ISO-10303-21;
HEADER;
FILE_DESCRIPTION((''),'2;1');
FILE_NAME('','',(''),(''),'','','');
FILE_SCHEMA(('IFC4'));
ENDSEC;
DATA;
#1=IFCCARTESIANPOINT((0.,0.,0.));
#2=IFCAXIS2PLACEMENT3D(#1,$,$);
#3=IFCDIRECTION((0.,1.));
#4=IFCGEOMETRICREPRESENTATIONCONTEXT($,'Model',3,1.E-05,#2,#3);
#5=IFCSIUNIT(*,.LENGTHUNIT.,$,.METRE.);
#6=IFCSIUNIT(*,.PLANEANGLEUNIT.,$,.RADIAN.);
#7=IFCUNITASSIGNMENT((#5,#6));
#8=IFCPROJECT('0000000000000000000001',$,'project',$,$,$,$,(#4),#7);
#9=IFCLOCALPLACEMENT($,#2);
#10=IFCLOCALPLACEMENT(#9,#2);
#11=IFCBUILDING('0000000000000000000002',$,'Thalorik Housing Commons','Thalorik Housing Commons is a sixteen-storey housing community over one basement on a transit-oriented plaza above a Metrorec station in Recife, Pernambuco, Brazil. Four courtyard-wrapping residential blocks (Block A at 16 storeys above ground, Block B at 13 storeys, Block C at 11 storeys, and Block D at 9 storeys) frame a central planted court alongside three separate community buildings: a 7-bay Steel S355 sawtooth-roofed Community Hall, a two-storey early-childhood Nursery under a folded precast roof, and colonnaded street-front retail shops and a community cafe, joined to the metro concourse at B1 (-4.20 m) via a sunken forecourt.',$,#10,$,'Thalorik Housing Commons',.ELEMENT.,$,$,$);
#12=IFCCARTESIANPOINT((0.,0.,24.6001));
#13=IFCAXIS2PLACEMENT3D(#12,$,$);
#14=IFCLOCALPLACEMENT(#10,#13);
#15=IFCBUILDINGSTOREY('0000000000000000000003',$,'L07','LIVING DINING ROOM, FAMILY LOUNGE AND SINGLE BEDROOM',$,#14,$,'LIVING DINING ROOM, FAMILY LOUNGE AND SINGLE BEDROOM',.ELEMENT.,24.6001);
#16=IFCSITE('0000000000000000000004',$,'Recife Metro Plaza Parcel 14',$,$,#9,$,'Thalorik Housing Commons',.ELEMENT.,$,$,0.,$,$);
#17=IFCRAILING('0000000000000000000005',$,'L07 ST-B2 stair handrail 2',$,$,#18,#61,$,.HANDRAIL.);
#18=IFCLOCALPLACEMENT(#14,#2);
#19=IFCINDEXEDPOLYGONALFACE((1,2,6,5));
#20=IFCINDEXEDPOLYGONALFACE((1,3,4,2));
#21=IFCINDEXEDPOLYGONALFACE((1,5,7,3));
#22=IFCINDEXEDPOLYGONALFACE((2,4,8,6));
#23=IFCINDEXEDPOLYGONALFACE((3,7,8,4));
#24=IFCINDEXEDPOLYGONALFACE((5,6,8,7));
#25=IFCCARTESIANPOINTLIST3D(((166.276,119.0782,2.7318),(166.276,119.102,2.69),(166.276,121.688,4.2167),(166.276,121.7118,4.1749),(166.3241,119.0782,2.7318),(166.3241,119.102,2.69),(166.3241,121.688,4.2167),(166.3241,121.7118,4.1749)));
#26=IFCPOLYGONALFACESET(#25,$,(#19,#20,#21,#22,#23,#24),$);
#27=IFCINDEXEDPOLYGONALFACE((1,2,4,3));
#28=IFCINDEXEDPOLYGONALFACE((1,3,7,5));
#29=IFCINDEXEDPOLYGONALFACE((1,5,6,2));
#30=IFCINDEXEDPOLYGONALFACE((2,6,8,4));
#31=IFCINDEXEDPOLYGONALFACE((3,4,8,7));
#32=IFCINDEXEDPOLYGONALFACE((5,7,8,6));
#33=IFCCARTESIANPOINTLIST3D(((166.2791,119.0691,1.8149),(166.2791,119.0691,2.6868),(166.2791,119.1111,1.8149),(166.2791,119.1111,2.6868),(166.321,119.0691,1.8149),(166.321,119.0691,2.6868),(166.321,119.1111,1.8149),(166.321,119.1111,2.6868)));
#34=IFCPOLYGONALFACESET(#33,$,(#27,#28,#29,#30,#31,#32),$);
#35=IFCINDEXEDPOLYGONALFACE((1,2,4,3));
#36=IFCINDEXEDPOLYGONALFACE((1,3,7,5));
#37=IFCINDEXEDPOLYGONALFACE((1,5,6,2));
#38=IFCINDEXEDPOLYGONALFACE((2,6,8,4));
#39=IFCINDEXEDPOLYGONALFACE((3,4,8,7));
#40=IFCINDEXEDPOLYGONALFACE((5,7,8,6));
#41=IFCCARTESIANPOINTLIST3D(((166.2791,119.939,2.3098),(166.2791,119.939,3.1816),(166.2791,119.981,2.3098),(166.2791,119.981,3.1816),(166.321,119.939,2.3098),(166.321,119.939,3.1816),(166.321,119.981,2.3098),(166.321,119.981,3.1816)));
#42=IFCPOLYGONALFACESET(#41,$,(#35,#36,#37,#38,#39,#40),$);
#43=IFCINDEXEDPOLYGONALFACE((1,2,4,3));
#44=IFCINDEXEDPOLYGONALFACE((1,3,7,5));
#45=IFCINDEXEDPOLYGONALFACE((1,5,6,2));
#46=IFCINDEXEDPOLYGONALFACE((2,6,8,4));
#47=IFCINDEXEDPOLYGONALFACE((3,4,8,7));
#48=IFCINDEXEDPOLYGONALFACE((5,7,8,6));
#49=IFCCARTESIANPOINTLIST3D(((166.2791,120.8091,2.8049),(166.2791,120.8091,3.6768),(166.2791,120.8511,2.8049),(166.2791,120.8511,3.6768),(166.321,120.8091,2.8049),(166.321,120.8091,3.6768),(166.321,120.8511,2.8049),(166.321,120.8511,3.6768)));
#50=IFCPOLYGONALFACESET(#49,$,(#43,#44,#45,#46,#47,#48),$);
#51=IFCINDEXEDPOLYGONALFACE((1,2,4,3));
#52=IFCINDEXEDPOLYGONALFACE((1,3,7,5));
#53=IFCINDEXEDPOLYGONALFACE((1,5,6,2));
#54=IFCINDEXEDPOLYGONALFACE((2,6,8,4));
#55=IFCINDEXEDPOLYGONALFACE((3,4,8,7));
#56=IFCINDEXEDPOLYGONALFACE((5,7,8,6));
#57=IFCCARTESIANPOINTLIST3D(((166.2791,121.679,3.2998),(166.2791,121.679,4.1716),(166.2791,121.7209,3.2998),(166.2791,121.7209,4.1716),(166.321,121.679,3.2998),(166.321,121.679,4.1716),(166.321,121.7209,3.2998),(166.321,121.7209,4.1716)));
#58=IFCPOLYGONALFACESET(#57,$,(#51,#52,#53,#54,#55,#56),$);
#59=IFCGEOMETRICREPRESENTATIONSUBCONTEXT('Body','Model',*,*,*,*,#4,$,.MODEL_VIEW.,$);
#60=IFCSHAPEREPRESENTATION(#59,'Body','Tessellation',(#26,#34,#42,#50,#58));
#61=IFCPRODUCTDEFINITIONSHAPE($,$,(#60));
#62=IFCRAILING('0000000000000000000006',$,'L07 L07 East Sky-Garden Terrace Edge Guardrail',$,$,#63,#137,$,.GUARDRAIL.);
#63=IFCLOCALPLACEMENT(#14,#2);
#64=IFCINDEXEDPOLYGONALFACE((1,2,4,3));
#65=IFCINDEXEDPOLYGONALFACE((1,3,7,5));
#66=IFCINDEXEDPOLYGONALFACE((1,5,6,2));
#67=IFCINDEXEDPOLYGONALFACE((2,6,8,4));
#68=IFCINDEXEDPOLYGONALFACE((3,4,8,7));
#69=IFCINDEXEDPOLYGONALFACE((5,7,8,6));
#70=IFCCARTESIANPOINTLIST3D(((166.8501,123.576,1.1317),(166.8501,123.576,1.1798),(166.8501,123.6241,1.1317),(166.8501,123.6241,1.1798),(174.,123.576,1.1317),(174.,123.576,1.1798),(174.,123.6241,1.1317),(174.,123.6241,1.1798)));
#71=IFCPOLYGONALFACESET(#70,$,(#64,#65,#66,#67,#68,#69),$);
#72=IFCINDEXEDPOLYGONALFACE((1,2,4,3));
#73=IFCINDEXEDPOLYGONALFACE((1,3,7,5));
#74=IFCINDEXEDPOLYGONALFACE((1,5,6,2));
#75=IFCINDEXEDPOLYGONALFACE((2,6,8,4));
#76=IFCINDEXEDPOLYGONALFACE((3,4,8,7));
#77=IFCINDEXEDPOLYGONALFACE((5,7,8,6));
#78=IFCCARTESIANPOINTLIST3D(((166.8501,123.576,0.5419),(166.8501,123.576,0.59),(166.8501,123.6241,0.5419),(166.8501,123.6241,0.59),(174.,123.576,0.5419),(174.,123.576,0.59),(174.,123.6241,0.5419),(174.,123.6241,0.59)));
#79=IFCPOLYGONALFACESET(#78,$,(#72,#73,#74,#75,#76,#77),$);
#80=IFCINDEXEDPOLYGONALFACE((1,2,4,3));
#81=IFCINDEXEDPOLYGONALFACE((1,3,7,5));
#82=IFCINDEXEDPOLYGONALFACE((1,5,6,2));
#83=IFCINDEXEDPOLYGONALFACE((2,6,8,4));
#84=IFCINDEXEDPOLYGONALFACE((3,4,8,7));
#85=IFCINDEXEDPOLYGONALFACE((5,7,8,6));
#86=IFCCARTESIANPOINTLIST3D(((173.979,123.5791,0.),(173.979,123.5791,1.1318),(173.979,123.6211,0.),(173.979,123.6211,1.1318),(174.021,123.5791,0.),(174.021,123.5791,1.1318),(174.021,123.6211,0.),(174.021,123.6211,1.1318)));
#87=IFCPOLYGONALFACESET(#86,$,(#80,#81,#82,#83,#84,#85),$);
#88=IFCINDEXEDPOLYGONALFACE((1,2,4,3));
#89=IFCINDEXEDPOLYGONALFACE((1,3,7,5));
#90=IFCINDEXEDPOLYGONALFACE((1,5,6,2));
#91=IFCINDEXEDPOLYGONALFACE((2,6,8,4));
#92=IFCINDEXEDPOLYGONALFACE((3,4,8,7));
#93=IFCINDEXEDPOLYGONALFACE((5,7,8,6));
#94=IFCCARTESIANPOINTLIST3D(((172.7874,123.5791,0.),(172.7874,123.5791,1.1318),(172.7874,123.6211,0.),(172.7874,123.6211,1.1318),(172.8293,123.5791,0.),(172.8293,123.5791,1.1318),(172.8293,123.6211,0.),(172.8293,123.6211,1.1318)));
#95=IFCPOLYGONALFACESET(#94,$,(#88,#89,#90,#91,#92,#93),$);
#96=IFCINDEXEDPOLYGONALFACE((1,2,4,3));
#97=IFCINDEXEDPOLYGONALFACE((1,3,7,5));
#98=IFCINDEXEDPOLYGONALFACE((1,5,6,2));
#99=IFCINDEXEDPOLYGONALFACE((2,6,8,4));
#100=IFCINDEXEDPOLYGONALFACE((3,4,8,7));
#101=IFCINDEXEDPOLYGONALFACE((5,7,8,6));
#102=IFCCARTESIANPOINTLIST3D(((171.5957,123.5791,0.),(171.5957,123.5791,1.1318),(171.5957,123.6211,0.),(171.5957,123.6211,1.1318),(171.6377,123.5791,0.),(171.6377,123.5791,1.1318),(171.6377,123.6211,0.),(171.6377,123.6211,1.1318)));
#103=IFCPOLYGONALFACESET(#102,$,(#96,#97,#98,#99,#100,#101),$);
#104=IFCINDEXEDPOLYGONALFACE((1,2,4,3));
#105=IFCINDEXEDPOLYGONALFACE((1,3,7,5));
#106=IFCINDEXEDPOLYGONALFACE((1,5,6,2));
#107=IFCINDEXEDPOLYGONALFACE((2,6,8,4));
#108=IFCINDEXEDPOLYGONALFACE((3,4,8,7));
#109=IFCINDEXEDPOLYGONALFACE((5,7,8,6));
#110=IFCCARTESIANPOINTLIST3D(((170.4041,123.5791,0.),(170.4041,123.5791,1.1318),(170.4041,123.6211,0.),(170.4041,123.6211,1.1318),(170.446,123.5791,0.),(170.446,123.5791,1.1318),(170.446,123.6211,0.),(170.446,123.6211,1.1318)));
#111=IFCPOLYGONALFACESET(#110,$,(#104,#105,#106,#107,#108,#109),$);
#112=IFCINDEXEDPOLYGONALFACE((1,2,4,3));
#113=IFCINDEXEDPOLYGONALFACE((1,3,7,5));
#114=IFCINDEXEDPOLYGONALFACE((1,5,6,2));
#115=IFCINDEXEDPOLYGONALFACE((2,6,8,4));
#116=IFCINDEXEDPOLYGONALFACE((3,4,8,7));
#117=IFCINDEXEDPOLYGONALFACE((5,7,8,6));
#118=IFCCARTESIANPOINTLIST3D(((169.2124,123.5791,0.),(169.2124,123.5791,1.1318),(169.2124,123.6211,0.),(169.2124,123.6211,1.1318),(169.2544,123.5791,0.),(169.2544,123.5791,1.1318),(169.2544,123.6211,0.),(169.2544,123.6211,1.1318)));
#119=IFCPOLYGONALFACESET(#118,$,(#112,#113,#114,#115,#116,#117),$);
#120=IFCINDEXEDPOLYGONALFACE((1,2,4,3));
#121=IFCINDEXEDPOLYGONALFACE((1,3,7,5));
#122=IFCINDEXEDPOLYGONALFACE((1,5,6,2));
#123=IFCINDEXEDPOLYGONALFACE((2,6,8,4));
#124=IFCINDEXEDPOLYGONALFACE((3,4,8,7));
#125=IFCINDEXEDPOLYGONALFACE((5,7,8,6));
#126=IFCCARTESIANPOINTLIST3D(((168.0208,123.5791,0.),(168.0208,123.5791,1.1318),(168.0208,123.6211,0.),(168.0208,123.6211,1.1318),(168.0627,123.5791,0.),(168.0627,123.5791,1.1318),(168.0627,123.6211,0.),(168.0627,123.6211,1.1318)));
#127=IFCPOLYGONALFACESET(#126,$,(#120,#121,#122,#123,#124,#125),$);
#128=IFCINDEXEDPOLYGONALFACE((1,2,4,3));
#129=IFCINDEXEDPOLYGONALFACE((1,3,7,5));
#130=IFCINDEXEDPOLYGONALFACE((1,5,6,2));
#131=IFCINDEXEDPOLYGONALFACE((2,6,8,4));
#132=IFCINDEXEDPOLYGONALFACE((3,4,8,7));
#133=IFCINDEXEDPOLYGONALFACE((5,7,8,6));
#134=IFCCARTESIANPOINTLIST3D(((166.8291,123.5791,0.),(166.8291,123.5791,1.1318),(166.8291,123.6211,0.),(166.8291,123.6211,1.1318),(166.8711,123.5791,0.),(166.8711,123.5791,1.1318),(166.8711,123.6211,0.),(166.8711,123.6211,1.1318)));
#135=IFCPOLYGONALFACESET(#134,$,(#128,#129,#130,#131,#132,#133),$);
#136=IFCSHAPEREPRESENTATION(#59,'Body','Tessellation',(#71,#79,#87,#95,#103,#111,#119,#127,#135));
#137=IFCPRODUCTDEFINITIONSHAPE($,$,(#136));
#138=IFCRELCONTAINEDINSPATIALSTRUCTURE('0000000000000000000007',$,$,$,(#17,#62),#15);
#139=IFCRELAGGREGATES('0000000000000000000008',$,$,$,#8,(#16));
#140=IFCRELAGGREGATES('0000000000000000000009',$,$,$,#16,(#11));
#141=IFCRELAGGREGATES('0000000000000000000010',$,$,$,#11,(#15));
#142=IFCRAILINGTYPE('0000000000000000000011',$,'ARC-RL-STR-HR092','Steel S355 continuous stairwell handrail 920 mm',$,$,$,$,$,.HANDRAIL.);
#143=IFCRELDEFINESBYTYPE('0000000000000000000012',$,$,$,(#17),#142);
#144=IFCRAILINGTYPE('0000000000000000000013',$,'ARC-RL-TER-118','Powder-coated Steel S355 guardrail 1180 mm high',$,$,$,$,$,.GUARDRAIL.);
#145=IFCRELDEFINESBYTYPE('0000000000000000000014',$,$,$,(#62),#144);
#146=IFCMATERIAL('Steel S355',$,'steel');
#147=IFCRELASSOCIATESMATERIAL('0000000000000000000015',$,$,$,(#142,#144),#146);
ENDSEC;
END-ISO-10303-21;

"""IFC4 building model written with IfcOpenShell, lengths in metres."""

from ifc_helpers import new_model, si_unit, direction, frame, origin, origin_2d, place, context, subcontext, project, spatial, rectangle, extrude, material, type_object, element, save


model = new_model("IFC4")

# Units and contexts
model_context = context("Model", 3, precision=1e-05, world=origin(), true_north=direction((0.0, 1.0)))
body_context = subcontext(model_context, "Body", "Model", "MODEL_VIEW")
ifc_project = project(units=[si_unit("LENGTHUNIT", "METRE"), si_unit("PLANEANGLEUNIT", "RADIAN")], contexts=[model_context])

# Site, building, storey
site_placement = place(None, origin())
site = spatial("IfcSite", under=ifc_project, at=site_placement, Name="Recife Metro Plaza Parcel 14", LongName="Thalorik Housing Commons", CompositionType="ELEMENT", RefElevation=0.0)
building_placement = place(site_placement, origin())
building = spatial("IfcBuilding", under=site, at=building_placement, Name="Thalorik Housing Commons", Description="Thalorik Housing Commons is a sixteen-storey housing community over one basement on a transit-oriented plaza above a Metrorec station in Recife, Pernambuco, Brazil. Four courtyard-wrapping residential blocks (Block A at 16 storeys above ground, Block B at 13 storeys, Block C at 11 storeys, and Block D at 9 storeys) frame a central planted court alongside three separate community buildings: a 7-bay Steel S355 sawtooth-roofed Community Hall, a two-storey early-childhood Nursery under a folded precast roof, and colonnaded street-front retail shops and a community cafe, joined to the metro concourse at B1 (-4.20 m) via a sunken forecourt.", LongName="Thalorik Housing Commons", CompositionType="ELEMENT")
storey_placement = place(building_placement, frame((0.0, 0.0, 24.6001)))
storey = spatial("IfcBuildingStorey", under=building, at=storey_placement, Name="L07", Description="LIVING DINING ROOM, FAMILY LOUNGE AND SINGLE BEDROOM", LongName="LIVING DINING ROOM, FAMILY LOUNGE AND SINGLE BEDROOM", CompositionType="ELEMENT", Elevation=24.6001)

# Railings
ifc_material_1 = material(Name="Steel S355", Category="steel")
railing_type_1 = type_object("IfcRailingType", Name="ARC-RL-STR-HR092", Description="Steel S355 continuous stairwell handrail 920 mm", PredefinedType="HANDRAIL", material=ifc_material_1)
railing_1_placement = place(storey_placement, frame((166.3, 119.0901, 1.8149)))
element("IfcRailing", 1, at=railing_1_placement, inside=storey, type_object=railing_type_1, Name="L07 ST-B2 stair handrail 2", PredefinedType="HANDRAIL", context=body_context, shape_type="SweptSolid", body=[
    extrude(rectangle(XDim=0.0481, YDim=0.0481, at=origin_2d()), frame((0.0, 0.0, 0.896), z_axis=(0.0, 0.869172, 0.494509), x_axis=(-1.0, 0.0, 0.0)), (0.0, 0.0, 1.0), 3.0027),
    extrude(rectangle(XDim=0.042, YDim=0.042, at=origin_2d()), origin(), (0.0, 0.0, 1.0), 0.8718),
    extrude(rectangle(XDim=0.042, YDim=0.042, at=origin_2d()), frame((0.0, 0.8699, 0.4949)), (0.0, 0.0, 1.0), 0.8718),
    extrude(rectangle(XDim=0.042, YDim=0.042, at=origin_2d()), frame((0.0, 1.74, 0.99)), (0.0, 0.0, 1.0), 0.8718),
    extrude(rectangle(XDim=0.042, YDim=0.042, at=origin_2d()), frame((0.0, 2.6099, 1.4849)), (0.0, 0.0, 1.0), 0.8718),
])
railing_type_2 = type_object("IfcRailingType", Name="ARC-RL-TER-118", Description="Powder-coated Steel S355 guardrail 1180 mm high", PredefinedType="GUARDRAIL", material=ifc_material_1)
railing_2_placement = place(storey_placement, frame((174.0, 123.6001, 0.0)))
element("IfcRailing", 2, at=railing_2_placement, inside=storey, type_object=railing_type_2, Name="L07 L07 East Sky-Garden Terrace Edge Guardrail", PredefinedType="GUARDRAIL", context=body_context, shape_type="SweptSolid", body=[
    extrude(rectangle(XDim=0.0481, YDim=0.0481, at=origin_2d()), frame((0.0, 0.0, 1.1558), z_axis=(-1.0, 0.0, 0.0), x_axis=(0.0, -1.0, 0.0)), (0.0, 0.0, 1.0), 7.1499),
    extrude(rectangle(XDim=0.0481, YDim=0.0481, at=origin_2d()), frame((0.0, 0.0, 0.5659), z_axis=(-1.0, 0.0, 0.0), x_axis=(0.0, -1.0, 0.0)), (0.0, 0.0, 1.0), 7.1499),
    extrude(rectangle(XDim=0.042, YDim=0.042, at=origin_2d()), origin(), (0.0, 0.0, 1.0), 1.1318),
    extrude(rectangle(XDim=0.042, YDim=0.042, at=origin_2d()), frame((-1.1917, 0.0, 0.0)), (0.0, 0.0, 1.0), 1.1318),
    extrude(rectangle(XDim=0.042, YDim=0.042, at=origin_2d()), frame((-2.3833, 0.0, 0.0)), (0.0, 0.0, 1.0), 1.1318),
    extrude(rectangle(XDim=0.042, YDim=0.042, at=origin_2d()), frame((-3.575, 0.0, 0.0)), (0.0, 0.0, 1.0), 1.1318),
    extrude(rectangle(XDim=0.042, YDim=0.042, at=origin_2d()), frame((-4.7666, 0.0, 0.0)), (0.0, 0.0, 1.0), 1.1318),
    extrude(rectangle(XDim=0.042, YDim=0.042, at=origin_2d()), frame((-5.9583, 0.0, 0.0)), (0.0, 0.0, 1.0), 1.1318),
    extrude(rectangle(XDim=0.042, YDim=0.042, at=origin_2d()), frame((-7.1499, 0.0, 0.0)), (0.0, 0.0, 1.0), 1.1318),
])

save(model, "model.ifc")
